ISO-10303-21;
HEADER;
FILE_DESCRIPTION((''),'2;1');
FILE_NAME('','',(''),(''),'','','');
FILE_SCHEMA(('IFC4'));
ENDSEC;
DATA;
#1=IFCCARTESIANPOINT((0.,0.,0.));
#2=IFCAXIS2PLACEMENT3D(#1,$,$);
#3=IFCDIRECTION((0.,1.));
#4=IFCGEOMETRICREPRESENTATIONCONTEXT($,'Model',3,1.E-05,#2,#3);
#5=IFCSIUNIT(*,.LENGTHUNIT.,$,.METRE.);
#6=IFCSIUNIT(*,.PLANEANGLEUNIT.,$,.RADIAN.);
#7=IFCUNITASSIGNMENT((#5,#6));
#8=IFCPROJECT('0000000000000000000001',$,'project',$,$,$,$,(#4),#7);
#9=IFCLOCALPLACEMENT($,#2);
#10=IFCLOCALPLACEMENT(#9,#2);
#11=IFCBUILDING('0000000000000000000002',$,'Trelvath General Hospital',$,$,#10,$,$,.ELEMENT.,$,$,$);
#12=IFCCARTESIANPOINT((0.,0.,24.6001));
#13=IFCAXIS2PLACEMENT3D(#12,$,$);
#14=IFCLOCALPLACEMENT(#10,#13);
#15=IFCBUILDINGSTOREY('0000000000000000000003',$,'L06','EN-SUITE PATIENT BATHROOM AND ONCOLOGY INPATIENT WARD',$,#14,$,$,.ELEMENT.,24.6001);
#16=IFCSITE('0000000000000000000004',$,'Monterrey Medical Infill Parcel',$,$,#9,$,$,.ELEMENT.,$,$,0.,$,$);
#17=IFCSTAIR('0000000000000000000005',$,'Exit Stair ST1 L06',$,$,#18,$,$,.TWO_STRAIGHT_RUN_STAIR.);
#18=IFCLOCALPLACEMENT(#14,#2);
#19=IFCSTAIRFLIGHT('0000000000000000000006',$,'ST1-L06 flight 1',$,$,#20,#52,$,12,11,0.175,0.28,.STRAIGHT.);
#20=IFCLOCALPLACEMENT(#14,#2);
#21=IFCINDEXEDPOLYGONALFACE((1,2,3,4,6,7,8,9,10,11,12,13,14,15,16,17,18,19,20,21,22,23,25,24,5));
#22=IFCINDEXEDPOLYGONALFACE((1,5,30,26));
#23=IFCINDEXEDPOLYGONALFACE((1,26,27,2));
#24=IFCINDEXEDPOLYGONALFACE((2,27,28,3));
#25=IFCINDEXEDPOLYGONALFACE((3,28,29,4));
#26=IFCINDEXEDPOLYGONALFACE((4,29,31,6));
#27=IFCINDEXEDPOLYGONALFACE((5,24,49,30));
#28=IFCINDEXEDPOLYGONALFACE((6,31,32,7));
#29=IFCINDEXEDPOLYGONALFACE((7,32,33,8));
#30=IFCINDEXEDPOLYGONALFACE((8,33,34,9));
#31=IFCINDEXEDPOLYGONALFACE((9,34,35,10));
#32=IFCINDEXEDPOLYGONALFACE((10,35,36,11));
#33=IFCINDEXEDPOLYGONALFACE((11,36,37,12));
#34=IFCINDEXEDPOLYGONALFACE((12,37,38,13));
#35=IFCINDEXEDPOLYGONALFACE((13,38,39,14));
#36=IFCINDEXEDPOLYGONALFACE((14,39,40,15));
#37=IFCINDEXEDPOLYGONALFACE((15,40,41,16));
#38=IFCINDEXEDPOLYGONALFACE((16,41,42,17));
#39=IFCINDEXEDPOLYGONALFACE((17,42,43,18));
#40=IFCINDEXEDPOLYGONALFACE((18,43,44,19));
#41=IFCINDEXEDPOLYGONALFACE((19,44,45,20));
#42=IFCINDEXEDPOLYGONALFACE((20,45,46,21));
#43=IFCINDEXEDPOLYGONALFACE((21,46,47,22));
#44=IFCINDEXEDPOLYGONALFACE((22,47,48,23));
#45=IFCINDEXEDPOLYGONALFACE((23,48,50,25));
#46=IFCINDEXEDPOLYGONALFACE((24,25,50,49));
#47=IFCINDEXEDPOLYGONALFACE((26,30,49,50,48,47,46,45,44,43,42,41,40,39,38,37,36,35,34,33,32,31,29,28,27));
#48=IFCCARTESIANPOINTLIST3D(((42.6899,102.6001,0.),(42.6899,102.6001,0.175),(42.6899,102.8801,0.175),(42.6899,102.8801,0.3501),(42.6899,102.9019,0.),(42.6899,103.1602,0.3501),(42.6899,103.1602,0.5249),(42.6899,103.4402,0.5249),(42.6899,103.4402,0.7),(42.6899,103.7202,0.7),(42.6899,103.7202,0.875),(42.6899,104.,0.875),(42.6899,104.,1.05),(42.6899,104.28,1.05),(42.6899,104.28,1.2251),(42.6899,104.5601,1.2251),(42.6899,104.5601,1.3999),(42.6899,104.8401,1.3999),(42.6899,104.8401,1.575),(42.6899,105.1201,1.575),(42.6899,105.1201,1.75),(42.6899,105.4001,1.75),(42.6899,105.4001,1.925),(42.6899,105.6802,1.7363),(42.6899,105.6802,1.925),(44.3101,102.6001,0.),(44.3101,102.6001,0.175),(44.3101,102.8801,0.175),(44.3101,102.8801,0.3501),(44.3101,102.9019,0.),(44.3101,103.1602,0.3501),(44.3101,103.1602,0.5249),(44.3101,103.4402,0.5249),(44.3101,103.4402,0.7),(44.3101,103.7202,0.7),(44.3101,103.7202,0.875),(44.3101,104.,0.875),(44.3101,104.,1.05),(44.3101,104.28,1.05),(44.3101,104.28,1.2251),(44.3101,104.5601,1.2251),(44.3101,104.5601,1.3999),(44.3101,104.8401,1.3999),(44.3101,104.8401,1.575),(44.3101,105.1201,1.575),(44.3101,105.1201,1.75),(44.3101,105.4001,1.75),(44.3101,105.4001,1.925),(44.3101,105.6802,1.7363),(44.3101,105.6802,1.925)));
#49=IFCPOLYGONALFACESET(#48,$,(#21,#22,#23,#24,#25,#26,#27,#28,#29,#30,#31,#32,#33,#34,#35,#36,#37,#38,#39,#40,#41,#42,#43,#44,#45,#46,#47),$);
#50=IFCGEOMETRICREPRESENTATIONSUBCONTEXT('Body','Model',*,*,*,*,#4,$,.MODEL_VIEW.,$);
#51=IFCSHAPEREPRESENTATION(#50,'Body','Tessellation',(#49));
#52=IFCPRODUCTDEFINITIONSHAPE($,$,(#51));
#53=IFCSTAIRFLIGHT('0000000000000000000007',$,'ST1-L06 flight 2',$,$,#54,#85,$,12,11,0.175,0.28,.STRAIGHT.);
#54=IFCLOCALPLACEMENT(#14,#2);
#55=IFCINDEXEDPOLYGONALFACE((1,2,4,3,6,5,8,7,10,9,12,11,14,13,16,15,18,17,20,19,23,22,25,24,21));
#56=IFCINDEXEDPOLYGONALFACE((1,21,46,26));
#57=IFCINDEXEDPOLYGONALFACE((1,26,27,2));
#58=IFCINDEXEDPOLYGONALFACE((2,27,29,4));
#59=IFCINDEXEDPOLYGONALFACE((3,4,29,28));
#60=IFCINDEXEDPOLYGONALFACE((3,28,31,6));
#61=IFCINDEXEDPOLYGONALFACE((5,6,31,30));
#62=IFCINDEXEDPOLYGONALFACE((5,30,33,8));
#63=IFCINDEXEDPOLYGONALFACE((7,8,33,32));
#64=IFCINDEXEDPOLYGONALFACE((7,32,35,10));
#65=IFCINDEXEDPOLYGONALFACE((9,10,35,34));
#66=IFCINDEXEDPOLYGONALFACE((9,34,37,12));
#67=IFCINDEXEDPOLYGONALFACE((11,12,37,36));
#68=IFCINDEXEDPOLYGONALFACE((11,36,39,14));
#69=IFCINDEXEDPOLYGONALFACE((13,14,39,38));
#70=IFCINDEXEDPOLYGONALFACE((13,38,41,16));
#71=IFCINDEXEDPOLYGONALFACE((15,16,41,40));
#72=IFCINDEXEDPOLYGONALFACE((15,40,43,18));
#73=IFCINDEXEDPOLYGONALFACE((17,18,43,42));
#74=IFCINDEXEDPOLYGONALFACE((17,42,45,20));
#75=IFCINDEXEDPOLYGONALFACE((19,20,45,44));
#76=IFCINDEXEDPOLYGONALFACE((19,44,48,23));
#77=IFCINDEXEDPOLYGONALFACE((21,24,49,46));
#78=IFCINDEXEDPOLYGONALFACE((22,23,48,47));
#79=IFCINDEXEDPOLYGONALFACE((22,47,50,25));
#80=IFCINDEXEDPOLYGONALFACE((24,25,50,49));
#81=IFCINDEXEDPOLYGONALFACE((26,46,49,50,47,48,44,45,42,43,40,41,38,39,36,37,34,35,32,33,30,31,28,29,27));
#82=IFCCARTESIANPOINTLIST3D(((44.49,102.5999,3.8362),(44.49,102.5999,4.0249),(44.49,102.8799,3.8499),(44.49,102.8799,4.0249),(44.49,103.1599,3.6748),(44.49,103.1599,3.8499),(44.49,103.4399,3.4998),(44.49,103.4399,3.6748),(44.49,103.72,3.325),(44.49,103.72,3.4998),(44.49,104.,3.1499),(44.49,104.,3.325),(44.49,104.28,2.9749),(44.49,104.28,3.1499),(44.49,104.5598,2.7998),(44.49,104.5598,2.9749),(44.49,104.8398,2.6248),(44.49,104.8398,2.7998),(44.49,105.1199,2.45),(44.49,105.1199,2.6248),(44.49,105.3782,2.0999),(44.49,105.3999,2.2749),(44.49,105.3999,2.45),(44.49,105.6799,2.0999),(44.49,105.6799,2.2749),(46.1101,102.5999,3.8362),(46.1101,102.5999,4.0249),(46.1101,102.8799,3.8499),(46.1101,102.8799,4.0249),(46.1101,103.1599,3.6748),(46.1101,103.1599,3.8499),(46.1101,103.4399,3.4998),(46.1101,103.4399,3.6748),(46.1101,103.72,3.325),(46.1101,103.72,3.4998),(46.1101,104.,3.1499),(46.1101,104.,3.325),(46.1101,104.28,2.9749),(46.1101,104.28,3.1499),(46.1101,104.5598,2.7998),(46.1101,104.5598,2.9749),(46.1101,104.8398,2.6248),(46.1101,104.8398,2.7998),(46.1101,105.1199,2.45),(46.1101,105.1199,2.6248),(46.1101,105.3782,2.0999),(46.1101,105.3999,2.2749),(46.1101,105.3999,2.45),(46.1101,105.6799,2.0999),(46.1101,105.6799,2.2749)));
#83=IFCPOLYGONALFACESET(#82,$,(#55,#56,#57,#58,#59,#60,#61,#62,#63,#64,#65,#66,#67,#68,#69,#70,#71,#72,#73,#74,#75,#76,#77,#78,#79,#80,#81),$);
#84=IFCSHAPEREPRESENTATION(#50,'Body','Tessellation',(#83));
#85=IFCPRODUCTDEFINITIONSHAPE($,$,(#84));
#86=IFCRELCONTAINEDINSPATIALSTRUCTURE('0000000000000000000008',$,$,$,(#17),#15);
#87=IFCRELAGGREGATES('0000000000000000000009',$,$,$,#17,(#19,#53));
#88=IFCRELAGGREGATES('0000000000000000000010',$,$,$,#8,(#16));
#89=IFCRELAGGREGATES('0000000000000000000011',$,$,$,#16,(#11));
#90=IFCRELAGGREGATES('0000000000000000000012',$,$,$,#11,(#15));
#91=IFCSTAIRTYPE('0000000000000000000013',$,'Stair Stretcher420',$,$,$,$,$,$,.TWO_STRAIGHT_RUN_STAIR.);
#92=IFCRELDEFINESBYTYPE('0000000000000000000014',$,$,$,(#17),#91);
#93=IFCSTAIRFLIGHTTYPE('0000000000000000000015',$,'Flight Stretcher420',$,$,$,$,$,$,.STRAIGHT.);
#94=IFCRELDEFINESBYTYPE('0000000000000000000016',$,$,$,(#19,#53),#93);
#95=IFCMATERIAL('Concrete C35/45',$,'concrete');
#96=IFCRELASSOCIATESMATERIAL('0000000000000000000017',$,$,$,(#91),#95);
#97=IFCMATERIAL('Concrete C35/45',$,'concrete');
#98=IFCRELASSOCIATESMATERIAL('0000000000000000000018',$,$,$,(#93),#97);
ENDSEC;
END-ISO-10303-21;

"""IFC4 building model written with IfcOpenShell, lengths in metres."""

from ifc_helpers import new_model, si_unit, direction, frame, origin, place, context, subcontext, project, spatial, polyline, outline, extrude, material, type_object, element, aggregate, save


model = new_model("IFC4")

# Units and contexts
model_context = context("Model", 3, precision=1e-05, world=origin(), true_north=direction((0.0, 1.0)))
body_context = subcontext(model_context, "Body", "Model", "MODEL_VIEW")
ifc_project = project(units=[si_unit("LENGTHUNIT", "METRE"), si_unit("PLANEANGLEUNIT", "RADIAN")], contexts=[model_context])

# Site, building, storey
site_placement = place(None, origin())
site = spatial("IfcSite", under=ifc_project, at=site_placement, Name="Monterrey Medical Infill Parcel", CompositionType="ELEMENT", RefElevation=0.0)
building_placement = place(site_placement, origin())
building = spatial("IfcBuilding", under=site, at=building_placement, Name="Trelvath General Hospital", CompositionType="ELEMENT")
storey_placement = place(building_placement, frame((0.0, 0.0, 24.6001)))
storey = spatial("IfcBuildingStorey", under=building, at=storey_placement, Name="L06", Description="EN-SUITE PATIENT BATHROOM AND ONCOLOGY INPATIENT WARD", CompositionType="ELEMENT", Elevation=24.6001)

# Stair, stair flights
ifc_material_1 = material(Name="Concrete C35/45", Category="concrete")
stair_type = type_object("IfcStairType", Name="Stair Stretcher420", PredefinedType="TWO_STRAIGHT_RUN_STAIR", material=ifc_material_1)
stair_placement = place(storey_placement, origin())
stair = element("IfcStair", 1, at=stair_placement, inside=storey, type_object=stair_type, Name="Exit Stair ST1 L06", PredefinedType="TWO_STRAIGHT_RUN_STAIR")
ifc_material_2 = material(Name="Concrete C35/45", Category="concrete")
stair_flight_type = type_object("IfcStairFlightType", Name="Flight Stretcher420", PredefinedType="STRAIGHT", material=ifc_material_2)
stair_flight_1_placement = place(storey_placement, frame((43.5, 102.6001, 0.0), z_axis=(0.0, 0.0, 1.0), x_axis=(0.0, 1.0, 0.0)))
stair_flight_1 = element("IfcStairFlight", 2, at=stair_flight_1_placement, type_object=stair_flight_type, Name="ST1-L06 flight 1", NumberOfRisers=12, NumberOfTreads=11, PredefinedType="STRAIGHT", RiserHeight=0.175, TreadLength=0.28, context=body_context, shape_type="SweptSolid", body=[
    extrude(outline(polyline([(0.0, 0.0), (0.0, 0.175), (0.28, 0.175), (0.28, 0.3501), (0.5601, 0.3501), (0.5601, 0.5249), (0.8401, 0.5249), (0.8401, 0.7), (1.1201, 0.7), (1.1201, 0.875), (1.3999, 0.875), (1.3999, 1.05), (1.6799, 1.05), (1.6799, 1.2251), (1.96, 1.2251), (1.96, 1.3999), (2.24, 1.3999), (2.24, 1.575), (2.52, 1.575), (2.52, 1.75), (2.8, 1.75), (2.8, 1.925), (3.0801, 1.925), (3.0801, 2.1001), (3.0801, 1.7363), (0.3018, 0.0), (0.0, 0.0)])), frame((0.0, 0.8101, 0.0), z_axis=(0.0, -1.0, 0.0), x_axis=(1.0, 0.0, 0.0)), (0.0, 0.0, 1.0), 1.6201),
])
stair_flight_2_placement = place(storey_placement, frame((45.3, 105.6799, 2.0999), z_axis=(0.0, 0.0, 1.0), x_axis=(0.0, -1.0, 0.0)))
stair_flight_2 = element("IfcStairFlight", 3, at=stair_flight_2_placement, type_object=stair_flight_type, Name="ST1-L06 flight 2", NumberOfRisers=12, NumberOfTreads=11, PredefinedType="STRAIGHT", RiserHeight=0.175, TreadLength=0.28, context=body_context, shape_type="SweptSolid", body=[
    extrude(outline(polyline([(0.0, 0.0), (0.0, 0.175), (0.28, 0.175), (0.28, 0.3501), (0.5601, 0.3501), (0.5601, 0.5249), (0.8401, 0.5249), (0.8401, 0.7), (1.1201, 0.7), (1.1201, 0.875), (1.3999, 0.875), (1.3999, 1.05), (1.6799, 1.05), (1.6799, 1.2251), (1.96, 1.2251), (1.96, 1.3999), (2.24, 1.3999), (2.24, 1.575), (2.52, 1.575), (2.52, 1.75), (2.8, 1.75), (2.8, 1.925), (3.0801, 1.925), (3.0801, 2.1001), (3.0801, 1.7363), (0.3018, 0.0), (0.0, 0.0)])), frame((0.0, 0.8101, 0.0), z_axis=(0.0, -1.0, 0.0), x_axis=(1.0, 0.0, 0.0)), (0.0, 0.0, 1.0), 1.6201),
])
aggregate(stair, [stair_flight_1, stair_flight_2])

save(model, "model.ifc")
